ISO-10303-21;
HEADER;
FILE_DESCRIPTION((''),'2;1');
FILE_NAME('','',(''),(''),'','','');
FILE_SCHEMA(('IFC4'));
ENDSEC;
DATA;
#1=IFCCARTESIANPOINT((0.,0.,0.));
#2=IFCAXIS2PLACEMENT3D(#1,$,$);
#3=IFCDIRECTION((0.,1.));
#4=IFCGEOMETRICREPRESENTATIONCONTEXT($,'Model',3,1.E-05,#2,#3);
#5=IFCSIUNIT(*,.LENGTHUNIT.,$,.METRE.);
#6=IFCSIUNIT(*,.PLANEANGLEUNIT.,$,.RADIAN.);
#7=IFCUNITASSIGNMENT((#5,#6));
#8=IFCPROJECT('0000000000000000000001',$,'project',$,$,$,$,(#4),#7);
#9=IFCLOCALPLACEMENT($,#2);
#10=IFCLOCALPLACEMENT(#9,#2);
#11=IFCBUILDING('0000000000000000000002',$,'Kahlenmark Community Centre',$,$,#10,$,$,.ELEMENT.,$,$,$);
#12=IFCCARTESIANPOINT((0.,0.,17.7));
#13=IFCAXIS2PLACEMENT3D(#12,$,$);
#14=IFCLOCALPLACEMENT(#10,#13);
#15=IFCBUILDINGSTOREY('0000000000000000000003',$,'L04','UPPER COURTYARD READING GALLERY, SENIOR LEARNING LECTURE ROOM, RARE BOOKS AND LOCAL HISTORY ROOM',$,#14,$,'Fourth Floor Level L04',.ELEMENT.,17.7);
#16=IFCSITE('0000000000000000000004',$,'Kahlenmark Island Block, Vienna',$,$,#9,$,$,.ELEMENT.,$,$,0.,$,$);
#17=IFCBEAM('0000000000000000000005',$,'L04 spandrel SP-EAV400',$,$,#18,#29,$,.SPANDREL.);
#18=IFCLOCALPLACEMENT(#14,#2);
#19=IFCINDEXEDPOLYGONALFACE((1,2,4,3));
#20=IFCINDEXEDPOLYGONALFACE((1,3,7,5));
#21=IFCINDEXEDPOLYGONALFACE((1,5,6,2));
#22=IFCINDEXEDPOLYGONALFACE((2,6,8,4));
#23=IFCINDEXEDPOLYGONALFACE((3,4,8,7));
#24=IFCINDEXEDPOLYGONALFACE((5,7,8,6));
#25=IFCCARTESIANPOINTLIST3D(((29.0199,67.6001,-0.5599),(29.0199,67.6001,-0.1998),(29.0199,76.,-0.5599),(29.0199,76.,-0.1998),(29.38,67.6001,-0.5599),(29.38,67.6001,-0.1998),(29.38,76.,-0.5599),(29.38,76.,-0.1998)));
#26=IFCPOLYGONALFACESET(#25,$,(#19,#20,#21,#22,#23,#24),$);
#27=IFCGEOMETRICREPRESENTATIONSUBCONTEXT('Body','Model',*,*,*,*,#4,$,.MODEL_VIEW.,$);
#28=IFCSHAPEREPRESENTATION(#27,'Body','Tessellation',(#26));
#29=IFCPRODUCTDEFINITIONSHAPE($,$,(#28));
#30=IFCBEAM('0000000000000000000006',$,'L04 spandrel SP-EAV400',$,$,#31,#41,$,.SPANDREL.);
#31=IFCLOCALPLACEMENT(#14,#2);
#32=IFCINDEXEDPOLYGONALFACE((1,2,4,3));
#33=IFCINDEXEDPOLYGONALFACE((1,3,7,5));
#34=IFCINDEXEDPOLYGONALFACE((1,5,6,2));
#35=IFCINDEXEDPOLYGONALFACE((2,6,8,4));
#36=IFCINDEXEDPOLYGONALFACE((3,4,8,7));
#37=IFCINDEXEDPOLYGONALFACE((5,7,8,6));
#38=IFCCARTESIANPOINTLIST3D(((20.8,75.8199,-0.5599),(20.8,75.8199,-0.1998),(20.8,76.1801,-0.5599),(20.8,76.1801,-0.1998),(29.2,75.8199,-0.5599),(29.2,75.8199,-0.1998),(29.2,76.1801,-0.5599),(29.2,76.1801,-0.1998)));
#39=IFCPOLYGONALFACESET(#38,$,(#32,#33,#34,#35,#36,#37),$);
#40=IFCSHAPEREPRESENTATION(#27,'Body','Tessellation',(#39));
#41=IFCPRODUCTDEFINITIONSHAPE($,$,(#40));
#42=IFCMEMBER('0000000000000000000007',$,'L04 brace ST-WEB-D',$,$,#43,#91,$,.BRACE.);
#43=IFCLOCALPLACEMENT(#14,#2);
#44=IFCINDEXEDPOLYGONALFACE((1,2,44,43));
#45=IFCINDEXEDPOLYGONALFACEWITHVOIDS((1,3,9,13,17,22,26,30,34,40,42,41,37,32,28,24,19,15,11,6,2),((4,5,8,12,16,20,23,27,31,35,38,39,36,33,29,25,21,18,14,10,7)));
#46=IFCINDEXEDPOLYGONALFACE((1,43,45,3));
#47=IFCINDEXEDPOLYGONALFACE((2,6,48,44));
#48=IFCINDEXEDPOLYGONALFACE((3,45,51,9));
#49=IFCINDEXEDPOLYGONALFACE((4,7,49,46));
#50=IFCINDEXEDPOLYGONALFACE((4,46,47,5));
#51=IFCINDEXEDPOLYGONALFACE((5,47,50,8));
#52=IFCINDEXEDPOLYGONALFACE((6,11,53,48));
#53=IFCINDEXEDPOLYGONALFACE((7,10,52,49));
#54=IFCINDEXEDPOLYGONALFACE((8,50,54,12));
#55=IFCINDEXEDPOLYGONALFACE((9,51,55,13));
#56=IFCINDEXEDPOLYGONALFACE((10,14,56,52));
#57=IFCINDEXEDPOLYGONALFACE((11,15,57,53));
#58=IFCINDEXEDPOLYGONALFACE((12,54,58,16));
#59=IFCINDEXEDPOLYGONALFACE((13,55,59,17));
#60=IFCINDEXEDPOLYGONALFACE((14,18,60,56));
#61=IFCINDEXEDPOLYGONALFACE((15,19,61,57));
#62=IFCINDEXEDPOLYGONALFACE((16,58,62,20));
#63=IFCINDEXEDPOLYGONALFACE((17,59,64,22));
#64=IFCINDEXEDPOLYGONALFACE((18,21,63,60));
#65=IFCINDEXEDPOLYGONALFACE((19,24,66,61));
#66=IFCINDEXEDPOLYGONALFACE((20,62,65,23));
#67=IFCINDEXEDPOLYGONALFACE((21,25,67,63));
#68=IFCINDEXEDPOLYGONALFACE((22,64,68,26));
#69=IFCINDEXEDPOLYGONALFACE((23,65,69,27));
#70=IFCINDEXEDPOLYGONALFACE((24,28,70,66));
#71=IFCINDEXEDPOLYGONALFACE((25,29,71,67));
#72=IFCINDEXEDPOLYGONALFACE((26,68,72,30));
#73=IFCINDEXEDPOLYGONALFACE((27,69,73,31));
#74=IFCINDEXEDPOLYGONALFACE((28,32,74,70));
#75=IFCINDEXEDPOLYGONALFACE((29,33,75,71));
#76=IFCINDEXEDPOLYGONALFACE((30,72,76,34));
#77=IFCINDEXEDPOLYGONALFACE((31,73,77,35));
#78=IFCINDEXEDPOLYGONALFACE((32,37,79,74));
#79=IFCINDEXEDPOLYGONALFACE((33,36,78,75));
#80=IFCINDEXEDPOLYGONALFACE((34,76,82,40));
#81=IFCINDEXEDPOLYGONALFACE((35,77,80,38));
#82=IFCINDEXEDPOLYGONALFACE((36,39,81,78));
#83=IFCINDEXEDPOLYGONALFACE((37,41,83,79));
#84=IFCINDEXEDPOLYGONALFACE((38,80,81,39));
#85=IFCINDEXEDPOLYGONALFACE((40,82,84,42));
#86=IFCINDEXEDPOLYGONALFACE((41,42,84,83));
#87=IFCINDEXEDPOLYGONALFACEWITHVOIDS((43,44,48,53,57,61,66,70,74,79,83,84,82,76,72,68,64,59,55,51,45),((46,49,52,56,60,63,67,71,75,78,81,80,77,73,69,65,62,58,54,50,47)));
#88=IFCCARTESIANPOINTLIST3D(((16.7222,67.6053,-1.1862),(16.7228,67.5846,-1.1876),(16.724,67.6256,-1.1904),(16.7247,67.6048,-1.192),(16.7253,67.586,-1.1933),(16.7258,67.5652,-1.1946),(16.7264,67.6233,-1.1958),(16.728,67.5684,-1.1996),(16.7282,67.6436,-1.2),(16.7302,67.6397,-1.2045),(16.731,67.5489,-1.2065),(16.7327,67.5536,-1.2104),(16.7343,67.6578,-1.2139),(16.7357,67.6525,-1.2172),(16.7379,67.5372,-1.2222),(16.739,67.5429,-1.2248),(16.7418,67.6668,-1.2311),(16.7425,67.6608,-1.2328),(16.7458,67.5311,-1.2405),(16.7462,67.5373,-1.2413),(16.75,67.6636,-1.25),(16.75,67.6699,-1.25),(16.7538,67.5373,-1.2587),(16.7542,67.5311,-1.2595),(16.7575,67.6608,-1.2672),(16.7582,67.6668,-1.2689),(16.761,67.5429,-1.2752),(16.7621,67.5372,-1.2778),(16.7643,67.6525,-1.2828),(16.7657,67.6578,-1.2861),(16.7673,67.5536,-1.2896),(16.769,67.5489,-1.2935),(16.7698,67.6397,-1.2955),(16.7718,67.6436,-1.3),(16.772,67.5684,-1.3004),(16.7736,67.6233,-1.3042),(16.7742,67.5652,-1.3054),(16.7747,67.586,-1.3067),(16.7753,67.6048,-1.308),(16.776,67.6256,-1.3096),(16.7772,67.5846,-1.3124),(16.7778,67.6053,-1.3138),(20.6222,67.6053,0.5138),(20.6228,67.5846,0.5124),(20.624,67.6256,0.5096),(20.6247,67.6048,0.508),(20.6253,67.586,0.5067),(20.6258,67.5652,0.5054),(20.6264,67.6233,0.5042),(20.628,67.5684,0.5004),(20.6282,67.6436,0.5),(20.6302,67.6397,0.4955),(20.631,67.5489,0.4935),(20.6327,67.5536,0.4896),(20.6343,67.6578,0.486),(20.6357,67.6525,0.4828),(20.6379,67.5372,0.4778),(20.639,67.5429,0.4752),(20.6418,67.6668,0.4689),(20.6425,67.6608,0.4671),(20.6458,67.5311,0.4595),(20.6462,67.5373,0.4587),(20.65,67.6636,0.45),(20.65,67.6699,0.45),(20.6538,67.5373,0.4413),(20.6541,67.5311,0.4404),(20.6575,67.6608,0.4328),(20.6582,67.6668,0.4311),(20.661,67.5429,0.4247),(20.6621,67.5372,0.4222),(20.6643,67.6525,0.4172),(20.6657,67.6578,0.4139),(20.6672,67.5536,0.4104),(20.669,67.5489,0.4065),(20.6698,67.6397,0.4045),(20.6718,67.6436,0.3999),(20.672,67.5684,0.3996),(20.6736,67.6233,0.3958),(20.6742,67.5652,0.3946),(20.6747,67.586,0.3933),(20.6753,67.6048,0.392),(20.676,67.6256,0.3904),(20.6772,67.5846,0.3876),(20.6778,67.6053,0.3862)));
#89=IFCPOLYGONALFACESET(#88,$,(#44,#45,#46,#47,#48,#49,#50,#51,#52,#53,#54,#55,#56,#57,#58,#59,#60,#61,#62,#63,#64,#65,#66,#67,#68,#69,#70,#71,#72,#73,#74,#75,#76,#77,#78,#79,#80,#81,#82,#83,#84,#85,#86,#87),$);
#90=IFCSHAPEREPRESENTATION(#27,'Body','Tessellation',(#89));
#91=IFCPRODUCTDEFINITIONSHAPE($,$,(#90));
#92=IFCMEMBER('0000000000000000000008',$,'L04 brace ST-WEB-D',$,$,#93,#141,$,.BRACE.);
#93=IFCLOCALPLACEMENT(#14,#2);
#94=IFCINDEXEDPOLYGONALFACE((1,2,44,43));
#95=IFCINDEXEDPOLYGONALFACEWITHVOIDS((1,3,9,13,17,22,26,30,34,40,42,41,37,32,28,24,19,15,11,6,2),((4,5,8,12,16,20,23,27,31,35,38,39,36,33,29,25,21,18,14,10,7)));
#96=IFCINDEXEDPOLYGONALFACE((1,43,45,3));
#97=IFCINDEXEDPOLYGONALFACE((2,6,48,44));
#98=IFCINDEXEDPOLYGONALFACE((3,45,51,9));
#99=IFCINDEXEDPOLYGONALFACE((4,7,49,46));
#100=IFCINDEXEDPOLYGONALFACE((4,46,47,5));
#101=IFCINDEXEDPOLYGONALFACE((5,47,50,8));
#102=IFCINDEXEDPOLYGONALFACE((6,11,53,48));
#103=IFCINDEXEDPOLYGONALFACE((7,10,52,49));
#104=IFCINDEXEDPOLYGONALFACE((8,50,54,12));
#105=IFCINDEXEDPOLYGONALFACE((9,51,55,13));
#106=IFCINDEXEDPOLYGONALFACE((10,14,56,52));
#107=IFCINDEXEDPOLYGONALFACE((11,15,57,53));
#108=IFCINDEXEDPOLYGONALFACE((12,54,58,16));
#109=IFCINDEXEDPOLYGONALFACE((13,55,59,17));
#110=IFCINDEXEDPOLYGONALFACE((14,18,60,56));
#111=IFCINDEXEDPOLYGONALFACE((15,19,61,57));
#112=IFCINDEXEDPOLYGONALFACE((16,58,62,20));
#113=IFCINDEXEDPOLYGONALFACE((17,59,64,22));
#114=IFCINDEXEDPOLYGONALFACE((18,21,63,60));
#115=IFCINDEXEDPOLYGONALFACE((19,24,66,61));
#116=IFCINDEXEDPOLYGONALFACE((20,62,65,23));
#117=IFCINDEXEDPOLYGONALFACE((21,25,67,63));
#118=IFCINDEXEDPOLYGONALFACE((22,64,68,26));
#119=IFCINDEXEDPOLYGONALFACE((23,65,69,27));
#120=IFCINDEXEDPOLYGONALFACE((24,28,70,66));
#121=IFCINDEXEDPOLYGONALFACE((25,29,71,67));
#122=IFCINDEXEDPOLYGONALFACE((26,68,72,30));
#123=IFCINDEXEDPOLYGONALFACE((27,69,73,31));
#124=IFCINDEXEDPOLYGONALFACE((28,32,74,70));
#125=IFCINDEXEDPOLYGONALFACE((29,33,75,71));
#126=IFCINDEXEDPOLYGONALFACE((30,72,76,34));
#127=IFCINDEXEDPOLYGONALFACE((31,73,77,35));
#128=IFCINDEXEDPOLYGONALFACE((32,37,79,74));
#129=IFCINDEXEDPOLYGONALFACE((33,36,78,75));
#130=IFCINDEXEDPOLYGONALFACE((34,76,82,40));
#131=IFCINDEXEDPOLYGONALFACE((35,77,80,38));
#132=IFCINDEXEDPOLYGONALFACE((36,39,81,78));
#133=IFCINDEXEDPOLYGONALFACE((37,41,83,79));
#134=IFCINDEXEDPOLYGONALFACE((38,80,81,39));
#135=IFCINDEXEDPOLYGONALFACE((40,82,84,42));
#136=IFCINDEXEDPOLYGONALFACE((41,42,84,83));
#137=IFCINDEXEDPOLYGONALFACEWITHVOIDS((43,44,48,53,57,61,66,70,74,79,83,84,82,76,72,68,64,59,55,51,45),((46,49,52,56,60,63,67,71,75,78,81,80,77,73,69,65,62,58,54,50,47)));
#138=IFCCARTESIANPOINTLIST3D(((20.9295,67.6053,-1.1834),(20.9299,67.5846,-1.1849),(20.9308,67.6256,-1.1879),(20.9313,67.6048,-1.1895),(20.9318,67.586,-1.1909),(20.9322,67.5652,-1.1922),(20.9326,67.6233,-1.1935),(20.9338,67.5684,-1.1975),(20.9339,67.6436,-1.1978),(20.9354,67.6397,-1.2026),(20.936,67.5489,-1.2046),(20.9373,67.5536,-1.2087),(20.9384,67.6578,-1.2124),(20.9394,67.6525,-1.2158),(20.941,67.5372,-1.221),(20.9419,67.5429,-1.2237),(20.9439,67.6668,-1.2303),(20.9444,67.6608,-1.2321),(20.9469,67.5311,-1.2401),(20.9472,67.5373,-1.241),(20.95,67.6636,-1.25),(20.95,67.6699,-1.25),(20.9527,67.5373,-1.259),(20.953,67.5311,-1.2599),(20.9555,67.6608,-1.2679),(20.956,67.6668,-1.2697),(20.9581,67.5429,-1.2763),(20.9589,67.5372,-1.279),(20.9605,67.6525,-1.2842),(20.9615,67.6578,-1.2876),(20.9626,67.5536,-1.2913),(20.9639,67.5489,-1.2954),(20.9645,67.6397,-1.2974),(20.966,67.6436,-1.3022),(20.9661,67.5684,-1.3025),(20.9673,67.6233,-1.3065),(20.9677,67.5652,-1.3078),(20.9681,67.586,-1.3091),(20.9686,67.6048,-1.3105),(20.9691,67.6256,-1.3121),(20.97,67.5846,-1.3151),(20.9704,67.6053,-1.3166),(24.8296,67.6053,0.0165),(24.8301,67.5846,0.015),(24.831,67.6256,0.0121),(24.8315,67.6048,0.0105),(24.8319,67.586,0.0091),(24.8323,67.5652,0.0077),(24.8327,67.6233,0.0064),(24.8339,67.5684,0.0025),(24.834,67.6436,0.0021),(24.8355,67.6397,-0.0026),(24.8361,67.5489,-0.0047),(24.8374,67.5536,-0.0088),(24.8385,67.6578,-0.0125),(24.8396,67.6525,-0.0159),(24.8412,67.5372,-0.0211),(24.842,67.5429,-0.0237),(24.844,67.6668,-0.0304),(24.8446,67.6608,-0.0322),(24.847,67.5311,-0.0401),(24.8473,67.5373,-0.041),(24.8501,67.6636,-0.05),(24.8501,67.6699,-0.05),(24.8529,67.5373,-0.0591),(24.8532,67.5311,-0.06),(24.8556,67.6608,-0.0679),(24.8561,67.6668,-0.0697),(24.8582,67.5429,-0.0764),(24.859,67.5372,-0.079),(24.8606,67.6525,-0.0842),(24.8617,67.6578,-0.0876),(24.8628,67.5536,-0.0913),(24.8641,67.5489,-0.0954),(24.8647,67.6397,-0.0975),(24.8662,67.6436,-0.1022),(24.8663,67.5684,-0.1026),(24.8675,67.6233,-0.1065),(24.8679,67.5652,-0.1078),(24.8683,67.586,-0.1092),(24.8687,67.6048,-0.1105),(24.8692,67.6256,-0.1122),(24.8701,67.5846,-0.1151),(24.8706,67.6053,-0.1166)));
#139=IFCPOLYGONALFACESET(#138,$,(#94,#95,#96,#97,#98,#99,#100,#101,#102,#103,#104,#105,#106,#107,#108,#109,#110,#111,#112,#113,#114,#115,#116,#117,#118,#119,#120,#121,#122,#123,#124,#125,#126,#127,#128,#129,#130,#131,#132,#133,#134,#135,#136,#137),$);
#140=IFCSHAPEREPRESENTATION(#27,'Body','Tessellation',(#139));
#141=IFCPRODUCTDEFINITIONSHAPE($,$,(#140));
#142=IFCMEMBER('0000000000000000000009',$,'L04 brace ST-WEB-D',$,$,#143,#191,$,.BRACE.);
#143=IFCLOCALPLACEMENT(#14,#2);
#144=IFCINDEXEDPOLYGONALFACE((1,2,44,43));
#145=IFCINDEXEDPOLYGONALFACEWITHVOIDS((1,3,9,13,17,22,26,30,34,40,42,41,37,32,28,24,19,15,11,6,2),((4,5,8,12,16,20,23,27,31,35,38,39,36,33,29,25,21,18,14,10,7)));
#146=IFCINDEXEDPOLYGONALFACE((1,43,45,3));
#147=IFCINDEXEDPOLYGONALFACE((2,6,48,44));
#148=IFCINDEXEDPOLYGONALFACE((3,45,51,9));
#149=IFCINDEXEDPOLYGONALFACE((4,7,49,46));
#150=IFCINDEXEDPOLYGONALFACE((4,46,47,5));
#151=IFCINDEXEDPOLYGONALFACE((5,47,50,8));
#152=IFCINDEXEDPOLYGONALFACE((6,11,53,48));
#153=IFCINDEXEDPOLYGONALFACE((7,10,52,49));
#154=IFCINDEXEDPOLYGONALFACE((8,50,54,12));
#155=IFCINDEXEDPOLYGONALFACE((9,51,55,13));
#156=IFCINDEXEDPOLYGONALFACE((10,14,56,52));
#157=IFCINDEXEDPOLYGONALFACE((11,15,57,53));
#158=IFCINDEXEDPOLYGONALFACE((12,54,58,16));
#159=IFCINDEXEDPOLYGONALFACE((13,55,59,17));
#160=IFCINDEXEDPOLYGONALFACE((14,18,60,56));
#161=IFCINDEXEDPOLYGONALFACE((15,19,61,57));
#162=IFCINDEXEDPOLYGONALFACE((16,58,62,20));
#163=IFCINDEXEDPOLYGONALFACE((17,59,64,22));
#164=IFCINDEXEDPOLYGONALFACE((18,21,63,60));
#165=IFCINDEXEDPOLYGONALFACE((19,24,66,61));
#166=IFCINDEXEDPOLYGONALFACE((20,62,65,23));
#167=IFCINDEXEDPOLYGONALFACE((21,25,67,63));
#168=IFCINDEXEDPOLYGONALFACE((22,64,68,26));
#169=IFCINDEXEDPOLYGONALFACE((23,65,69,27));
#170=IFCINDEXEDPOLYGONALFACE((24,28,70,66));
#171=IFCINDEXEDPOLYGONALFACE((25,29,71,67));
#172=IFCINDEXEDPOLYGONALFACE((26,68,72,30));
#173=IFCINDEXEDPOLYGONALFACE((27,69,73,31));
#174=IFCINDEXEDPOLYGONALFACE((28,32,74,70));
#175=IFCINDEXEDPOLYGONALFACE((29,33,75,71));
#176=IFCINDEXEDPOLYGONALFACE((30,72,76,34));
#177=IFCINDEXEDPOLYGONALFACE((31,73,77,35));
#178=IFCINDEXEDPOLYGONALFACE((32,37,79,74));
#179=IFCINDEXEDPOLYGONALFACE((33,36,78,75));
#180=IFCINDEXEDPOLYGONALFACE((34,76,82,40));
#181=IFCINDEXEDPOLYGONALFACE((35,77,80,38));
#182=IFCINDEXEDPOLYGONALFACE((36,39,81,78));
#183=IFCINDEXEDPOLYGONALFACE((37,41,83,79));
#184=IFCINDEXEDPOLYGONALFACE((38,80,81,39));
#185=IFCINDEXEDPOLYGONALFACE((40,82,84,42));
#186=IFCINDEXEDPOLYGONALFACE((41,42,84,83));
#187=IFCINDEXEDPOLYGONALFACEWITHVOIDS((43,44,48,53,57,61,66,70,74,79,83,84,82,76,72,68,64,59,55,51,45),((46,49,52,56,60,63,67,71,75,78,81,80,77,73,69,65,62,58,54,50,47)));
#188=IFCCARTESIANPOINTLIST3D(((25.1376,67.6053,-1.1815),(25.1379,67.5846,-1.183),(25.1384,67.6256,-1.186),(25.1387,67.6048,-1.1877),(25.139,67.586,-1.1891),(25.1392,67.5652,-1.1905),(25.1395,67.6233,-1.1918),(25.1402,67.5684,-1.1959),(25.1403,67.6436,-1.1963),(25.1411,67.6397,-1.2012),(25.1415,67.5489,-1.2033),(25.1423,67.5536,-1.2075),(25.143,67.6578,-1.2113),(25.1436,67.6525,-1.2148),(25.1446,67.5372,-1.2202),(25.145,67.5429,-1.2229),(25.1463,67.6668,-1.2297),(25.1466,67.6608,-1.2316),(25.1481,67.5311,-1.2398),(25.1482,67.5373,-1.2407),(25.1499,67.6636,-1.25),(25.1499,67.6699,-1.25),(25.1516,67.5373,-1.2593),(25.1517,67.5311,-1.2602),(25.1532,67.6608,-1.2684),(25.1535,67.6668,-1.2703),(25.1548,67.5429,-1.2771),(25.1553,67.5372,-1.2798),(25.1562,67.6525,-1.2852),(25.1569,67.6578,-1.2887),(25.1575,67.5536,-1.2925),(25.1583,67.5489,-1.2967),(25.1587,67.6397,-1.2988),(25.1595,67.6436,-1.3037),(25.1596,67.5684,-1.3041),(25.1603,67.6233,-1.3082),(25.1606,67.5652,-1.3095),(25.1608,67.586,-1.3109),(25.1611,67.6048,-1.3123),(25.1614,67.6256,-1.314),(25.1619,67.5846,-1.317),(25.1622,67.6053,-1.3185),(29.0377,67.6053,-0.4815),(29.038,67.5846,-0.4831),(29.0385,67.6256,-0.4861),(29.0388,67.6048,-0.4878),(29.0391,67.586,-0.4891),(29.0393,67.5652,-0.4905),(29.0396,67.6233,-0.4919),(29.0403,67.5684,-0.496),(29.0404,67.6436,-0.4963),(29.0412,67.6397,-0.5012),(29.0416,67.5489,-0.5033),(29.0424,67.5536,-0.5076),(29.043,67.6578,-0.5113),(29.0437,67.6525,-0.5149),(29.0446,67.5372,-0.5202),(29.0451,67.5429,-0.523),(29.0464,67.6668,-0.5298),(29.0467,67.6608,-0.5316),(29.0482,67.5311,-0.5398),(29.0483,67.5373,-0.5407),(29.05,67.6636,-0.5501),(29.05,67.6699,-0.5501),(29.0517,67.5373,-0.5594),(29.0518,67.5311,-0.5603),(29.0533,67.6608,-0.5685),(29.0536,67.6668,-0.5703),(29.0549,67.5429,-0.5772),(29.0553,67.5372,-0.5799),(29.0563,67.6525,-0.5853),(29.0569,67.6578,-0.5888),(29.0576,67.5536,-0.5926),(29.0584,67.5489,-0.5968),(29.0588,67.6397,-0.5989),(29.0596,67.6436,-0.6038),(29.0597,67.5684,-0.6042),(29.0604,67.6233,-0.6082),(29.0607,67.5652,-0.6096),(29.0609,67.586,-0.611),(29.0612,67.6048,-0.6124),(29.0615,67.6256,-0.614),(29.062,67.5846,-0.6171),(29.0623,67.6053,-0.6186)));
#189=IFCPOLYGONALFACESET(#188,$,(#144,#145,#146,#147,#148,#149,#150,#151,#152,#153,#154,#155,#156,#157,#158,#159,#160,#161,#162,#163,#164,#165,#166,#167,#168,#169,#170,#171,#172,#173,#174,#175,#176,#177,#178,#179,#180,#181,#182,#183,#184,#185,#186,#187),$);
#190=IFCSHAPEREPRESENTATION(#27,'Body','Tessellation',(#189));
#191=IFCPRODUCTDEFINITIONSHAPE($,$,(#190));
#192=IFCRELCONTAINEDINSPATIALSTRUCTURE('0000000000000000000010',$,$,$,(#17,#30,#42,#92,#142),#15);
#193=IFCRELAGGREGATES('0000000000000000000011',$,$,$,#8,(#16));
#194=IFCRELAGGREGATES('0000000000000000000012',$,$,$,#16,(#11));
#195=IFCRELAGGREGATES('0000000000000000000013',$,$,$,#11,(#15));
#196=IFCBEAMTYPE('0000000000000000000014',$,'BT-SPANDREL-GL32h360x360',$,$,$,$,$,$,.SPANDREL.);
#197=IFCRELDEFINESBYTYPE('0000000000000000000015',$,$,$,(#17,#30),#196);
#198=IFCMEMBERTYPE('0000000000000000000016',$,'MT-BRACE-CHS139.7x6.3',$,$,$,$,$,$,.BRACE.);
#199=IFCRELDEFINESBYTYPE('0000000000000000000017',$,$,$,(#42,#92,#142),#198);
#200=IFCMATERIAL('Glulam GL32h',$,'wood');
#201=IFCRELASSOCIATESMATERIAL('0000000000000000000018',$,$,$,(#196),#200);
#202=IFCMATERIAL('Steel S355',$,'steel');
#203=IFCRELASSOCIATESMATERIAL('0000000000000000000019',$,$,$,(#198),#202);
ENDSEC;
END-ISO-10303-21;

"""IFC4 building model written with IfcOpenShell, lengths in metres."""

from ifc_helpers import new_model, si_unit, direction, frame, origin, origin_2d, place, context, subcontext, project, spatial, rectangle, hollow_circle, extrude, material, material_profile, profile_set, type_object, element, save


model = new_model("IFC4")

# Units and contexts
model_context = context("Model", 3, precision=1e-05, world=origin(), true_north=direction((0.0, 1.0)))
body_context = subcontext(model_context, "Body", "Model", "MODEL_VIEW")
ifc_project = project(units=[si_unit("LENGTHUNIT", "METRE"), si_unit("PLANEANGLEUNIT", "RADIAN")], contexts=[model_context])

# Site, building, storey
site_placement = place(None, origin())
site = spatial("IfcSite", under=ifc_project, at=site_placement, Name="Kahlenmark Island Block, Vienna", CompositionType="ELEMENT", RefElevation=0.0)
building_placement = place(site_placement, origin())
building = spatial("IfcBuilding", under=site, at=building_placement, Name="Kahlenmark Community Centre", CompositionType="ELEMENT")
storey_placement = place(building_placement, frame((0.0, 0.0, 17.7)))
storey = spatial("IfcBuildingStorey", under=building, at=storey_placement, Name="L04", Description="UPPER COURTYARD READING GALLERY, SENIOR LEARNING LECTURE ROOM, RARE BOOKS AND LOCAL HISTORY ROOM", LongName="Fourth Floor Level L04", CompositionType="ELEMENT", Elevation=17.7)

# Beams
ifc_material_1 = material(Name="Glulam GL32h", Category="wood")
ifc_material_profile_1 = material_profile(ifc_material_1, rectangle(XDim=0.3601, YDim=0.3601, at=origin_2d()), Name="GL32h 360x360")
ifc_profile_set_1 = profile_set([ifc_material_profile_1], Name="Glulam GL32h")
beam_type = type_object("IfcBeamType", Name="BT-SPANDREL-GL32h360x360", PredefinedType="SPANDREL", material=ifc_profile_set_1)
for number, where, z_axis, x_axis, name in (
    (1, (29.2, 67.6001, -0.3799), (0.0, 1.0, 0.0), (-1.0, 0.0, 0.0), "L04 spandrel SP-EAV400"),
    (2, (20.8, 76.0, -0.3799), (1.0, 0.0, 0.0), (0.0, 1.0, 0.0), "L04 spandrel SP-EAV400"),
):
    element("IfcBeam", number, at=place(storey_placement, frame(where, z_axis=z_axis, x_axis=x_axis)), inside=storey, type_object=beam_type, Name=name, PredefinedType="SPANDREL", context=body_context, shape_type="SweptSolid", body=[
        extrude(rectangle(XDim=0.3601, YDim=0.3601, at=origin_2d()), origin(), (0.0, 0.0, 1.0), 8.3999),
    ])

# Members
ifc_material_2 = material(Name="Steel S355", Category="steel")
ifc_material_profile_2 = material_profile(ifc_material_2, hollow_circle(Radius=0.0698, WallThickness=0.0063, at=origin_2d()), Name="CHS 139.7x6.3")
ifc_profile_set_2 = profile_set([ifc_material_profile_2], Name="Steel S355")
member_type_1 = type_object("IfcMemberType", Name="MT-BRACE-CHS139.7x6.3", PredefinedType="BRACE", material=ifc_profile_set_2)
member_1_placement = place(storey_placement, frame((16.75, 67.6001, -1.25), z_axis=(0.916697, 0.0, 0.399584), x_axis=(0.0, 1.0, 0.0)))
element("IfcMember", 3, at=member_1_placement, inside=storey, type_object=member_type_1, Name="L04 brace ST-WEB-D", PredefinedType="BRACE", context=body_context, shape_type="SweptSolid", body=[
    extrude(hollow_circle(Radius=0.0698, WallThickness=0.0063, at=origin_2d()), origin(), (0.0, 0.0, 1.0), 4.2544),
])
member_2_placement = place(storey_placement, frame((20.95, 67.6001, -1.25), z_axis=(0.955785, 0.0, 0.294065), x_axis=(0.0, 1.0, 0.0)))
element("IfcMember", 4, at=member_2_placement, inside=storey, type_object=member_type_1, Name="L04 brace ST-WEB-D", PredefinedType="BRACE", context=body_context, shape_type="SweptSolid", body=[
    extrude(hollow_circle(Radius=0.0698, WallThickness=0.0063, at=origin_2d()), origin(), (0.0, 0.0, 1.0), 4.0806),
])
member_3_placement = place(storey_placement, frame((25.1499, 67.6001, -1.25), z_axis=(0.984275, 0.0, 0.176646), x_axis=(0.0, 1.0, 0.0)))
element("IfcMember", 5, at=member_3_placement, inside=storey, type_object=member_type_1, Name="L04 brace ST-WEB-D", PredefinedType="BRACE", context=body_context, shape_type="SweptSolid", body=[
    extrude(hollow_circle(Radius=0.0698, WallThickness=0.0063, at=origin_2d()), origin(), (0.0, 0.0, 1.0), 3.9624),
])

save(model, "model.ifc")
